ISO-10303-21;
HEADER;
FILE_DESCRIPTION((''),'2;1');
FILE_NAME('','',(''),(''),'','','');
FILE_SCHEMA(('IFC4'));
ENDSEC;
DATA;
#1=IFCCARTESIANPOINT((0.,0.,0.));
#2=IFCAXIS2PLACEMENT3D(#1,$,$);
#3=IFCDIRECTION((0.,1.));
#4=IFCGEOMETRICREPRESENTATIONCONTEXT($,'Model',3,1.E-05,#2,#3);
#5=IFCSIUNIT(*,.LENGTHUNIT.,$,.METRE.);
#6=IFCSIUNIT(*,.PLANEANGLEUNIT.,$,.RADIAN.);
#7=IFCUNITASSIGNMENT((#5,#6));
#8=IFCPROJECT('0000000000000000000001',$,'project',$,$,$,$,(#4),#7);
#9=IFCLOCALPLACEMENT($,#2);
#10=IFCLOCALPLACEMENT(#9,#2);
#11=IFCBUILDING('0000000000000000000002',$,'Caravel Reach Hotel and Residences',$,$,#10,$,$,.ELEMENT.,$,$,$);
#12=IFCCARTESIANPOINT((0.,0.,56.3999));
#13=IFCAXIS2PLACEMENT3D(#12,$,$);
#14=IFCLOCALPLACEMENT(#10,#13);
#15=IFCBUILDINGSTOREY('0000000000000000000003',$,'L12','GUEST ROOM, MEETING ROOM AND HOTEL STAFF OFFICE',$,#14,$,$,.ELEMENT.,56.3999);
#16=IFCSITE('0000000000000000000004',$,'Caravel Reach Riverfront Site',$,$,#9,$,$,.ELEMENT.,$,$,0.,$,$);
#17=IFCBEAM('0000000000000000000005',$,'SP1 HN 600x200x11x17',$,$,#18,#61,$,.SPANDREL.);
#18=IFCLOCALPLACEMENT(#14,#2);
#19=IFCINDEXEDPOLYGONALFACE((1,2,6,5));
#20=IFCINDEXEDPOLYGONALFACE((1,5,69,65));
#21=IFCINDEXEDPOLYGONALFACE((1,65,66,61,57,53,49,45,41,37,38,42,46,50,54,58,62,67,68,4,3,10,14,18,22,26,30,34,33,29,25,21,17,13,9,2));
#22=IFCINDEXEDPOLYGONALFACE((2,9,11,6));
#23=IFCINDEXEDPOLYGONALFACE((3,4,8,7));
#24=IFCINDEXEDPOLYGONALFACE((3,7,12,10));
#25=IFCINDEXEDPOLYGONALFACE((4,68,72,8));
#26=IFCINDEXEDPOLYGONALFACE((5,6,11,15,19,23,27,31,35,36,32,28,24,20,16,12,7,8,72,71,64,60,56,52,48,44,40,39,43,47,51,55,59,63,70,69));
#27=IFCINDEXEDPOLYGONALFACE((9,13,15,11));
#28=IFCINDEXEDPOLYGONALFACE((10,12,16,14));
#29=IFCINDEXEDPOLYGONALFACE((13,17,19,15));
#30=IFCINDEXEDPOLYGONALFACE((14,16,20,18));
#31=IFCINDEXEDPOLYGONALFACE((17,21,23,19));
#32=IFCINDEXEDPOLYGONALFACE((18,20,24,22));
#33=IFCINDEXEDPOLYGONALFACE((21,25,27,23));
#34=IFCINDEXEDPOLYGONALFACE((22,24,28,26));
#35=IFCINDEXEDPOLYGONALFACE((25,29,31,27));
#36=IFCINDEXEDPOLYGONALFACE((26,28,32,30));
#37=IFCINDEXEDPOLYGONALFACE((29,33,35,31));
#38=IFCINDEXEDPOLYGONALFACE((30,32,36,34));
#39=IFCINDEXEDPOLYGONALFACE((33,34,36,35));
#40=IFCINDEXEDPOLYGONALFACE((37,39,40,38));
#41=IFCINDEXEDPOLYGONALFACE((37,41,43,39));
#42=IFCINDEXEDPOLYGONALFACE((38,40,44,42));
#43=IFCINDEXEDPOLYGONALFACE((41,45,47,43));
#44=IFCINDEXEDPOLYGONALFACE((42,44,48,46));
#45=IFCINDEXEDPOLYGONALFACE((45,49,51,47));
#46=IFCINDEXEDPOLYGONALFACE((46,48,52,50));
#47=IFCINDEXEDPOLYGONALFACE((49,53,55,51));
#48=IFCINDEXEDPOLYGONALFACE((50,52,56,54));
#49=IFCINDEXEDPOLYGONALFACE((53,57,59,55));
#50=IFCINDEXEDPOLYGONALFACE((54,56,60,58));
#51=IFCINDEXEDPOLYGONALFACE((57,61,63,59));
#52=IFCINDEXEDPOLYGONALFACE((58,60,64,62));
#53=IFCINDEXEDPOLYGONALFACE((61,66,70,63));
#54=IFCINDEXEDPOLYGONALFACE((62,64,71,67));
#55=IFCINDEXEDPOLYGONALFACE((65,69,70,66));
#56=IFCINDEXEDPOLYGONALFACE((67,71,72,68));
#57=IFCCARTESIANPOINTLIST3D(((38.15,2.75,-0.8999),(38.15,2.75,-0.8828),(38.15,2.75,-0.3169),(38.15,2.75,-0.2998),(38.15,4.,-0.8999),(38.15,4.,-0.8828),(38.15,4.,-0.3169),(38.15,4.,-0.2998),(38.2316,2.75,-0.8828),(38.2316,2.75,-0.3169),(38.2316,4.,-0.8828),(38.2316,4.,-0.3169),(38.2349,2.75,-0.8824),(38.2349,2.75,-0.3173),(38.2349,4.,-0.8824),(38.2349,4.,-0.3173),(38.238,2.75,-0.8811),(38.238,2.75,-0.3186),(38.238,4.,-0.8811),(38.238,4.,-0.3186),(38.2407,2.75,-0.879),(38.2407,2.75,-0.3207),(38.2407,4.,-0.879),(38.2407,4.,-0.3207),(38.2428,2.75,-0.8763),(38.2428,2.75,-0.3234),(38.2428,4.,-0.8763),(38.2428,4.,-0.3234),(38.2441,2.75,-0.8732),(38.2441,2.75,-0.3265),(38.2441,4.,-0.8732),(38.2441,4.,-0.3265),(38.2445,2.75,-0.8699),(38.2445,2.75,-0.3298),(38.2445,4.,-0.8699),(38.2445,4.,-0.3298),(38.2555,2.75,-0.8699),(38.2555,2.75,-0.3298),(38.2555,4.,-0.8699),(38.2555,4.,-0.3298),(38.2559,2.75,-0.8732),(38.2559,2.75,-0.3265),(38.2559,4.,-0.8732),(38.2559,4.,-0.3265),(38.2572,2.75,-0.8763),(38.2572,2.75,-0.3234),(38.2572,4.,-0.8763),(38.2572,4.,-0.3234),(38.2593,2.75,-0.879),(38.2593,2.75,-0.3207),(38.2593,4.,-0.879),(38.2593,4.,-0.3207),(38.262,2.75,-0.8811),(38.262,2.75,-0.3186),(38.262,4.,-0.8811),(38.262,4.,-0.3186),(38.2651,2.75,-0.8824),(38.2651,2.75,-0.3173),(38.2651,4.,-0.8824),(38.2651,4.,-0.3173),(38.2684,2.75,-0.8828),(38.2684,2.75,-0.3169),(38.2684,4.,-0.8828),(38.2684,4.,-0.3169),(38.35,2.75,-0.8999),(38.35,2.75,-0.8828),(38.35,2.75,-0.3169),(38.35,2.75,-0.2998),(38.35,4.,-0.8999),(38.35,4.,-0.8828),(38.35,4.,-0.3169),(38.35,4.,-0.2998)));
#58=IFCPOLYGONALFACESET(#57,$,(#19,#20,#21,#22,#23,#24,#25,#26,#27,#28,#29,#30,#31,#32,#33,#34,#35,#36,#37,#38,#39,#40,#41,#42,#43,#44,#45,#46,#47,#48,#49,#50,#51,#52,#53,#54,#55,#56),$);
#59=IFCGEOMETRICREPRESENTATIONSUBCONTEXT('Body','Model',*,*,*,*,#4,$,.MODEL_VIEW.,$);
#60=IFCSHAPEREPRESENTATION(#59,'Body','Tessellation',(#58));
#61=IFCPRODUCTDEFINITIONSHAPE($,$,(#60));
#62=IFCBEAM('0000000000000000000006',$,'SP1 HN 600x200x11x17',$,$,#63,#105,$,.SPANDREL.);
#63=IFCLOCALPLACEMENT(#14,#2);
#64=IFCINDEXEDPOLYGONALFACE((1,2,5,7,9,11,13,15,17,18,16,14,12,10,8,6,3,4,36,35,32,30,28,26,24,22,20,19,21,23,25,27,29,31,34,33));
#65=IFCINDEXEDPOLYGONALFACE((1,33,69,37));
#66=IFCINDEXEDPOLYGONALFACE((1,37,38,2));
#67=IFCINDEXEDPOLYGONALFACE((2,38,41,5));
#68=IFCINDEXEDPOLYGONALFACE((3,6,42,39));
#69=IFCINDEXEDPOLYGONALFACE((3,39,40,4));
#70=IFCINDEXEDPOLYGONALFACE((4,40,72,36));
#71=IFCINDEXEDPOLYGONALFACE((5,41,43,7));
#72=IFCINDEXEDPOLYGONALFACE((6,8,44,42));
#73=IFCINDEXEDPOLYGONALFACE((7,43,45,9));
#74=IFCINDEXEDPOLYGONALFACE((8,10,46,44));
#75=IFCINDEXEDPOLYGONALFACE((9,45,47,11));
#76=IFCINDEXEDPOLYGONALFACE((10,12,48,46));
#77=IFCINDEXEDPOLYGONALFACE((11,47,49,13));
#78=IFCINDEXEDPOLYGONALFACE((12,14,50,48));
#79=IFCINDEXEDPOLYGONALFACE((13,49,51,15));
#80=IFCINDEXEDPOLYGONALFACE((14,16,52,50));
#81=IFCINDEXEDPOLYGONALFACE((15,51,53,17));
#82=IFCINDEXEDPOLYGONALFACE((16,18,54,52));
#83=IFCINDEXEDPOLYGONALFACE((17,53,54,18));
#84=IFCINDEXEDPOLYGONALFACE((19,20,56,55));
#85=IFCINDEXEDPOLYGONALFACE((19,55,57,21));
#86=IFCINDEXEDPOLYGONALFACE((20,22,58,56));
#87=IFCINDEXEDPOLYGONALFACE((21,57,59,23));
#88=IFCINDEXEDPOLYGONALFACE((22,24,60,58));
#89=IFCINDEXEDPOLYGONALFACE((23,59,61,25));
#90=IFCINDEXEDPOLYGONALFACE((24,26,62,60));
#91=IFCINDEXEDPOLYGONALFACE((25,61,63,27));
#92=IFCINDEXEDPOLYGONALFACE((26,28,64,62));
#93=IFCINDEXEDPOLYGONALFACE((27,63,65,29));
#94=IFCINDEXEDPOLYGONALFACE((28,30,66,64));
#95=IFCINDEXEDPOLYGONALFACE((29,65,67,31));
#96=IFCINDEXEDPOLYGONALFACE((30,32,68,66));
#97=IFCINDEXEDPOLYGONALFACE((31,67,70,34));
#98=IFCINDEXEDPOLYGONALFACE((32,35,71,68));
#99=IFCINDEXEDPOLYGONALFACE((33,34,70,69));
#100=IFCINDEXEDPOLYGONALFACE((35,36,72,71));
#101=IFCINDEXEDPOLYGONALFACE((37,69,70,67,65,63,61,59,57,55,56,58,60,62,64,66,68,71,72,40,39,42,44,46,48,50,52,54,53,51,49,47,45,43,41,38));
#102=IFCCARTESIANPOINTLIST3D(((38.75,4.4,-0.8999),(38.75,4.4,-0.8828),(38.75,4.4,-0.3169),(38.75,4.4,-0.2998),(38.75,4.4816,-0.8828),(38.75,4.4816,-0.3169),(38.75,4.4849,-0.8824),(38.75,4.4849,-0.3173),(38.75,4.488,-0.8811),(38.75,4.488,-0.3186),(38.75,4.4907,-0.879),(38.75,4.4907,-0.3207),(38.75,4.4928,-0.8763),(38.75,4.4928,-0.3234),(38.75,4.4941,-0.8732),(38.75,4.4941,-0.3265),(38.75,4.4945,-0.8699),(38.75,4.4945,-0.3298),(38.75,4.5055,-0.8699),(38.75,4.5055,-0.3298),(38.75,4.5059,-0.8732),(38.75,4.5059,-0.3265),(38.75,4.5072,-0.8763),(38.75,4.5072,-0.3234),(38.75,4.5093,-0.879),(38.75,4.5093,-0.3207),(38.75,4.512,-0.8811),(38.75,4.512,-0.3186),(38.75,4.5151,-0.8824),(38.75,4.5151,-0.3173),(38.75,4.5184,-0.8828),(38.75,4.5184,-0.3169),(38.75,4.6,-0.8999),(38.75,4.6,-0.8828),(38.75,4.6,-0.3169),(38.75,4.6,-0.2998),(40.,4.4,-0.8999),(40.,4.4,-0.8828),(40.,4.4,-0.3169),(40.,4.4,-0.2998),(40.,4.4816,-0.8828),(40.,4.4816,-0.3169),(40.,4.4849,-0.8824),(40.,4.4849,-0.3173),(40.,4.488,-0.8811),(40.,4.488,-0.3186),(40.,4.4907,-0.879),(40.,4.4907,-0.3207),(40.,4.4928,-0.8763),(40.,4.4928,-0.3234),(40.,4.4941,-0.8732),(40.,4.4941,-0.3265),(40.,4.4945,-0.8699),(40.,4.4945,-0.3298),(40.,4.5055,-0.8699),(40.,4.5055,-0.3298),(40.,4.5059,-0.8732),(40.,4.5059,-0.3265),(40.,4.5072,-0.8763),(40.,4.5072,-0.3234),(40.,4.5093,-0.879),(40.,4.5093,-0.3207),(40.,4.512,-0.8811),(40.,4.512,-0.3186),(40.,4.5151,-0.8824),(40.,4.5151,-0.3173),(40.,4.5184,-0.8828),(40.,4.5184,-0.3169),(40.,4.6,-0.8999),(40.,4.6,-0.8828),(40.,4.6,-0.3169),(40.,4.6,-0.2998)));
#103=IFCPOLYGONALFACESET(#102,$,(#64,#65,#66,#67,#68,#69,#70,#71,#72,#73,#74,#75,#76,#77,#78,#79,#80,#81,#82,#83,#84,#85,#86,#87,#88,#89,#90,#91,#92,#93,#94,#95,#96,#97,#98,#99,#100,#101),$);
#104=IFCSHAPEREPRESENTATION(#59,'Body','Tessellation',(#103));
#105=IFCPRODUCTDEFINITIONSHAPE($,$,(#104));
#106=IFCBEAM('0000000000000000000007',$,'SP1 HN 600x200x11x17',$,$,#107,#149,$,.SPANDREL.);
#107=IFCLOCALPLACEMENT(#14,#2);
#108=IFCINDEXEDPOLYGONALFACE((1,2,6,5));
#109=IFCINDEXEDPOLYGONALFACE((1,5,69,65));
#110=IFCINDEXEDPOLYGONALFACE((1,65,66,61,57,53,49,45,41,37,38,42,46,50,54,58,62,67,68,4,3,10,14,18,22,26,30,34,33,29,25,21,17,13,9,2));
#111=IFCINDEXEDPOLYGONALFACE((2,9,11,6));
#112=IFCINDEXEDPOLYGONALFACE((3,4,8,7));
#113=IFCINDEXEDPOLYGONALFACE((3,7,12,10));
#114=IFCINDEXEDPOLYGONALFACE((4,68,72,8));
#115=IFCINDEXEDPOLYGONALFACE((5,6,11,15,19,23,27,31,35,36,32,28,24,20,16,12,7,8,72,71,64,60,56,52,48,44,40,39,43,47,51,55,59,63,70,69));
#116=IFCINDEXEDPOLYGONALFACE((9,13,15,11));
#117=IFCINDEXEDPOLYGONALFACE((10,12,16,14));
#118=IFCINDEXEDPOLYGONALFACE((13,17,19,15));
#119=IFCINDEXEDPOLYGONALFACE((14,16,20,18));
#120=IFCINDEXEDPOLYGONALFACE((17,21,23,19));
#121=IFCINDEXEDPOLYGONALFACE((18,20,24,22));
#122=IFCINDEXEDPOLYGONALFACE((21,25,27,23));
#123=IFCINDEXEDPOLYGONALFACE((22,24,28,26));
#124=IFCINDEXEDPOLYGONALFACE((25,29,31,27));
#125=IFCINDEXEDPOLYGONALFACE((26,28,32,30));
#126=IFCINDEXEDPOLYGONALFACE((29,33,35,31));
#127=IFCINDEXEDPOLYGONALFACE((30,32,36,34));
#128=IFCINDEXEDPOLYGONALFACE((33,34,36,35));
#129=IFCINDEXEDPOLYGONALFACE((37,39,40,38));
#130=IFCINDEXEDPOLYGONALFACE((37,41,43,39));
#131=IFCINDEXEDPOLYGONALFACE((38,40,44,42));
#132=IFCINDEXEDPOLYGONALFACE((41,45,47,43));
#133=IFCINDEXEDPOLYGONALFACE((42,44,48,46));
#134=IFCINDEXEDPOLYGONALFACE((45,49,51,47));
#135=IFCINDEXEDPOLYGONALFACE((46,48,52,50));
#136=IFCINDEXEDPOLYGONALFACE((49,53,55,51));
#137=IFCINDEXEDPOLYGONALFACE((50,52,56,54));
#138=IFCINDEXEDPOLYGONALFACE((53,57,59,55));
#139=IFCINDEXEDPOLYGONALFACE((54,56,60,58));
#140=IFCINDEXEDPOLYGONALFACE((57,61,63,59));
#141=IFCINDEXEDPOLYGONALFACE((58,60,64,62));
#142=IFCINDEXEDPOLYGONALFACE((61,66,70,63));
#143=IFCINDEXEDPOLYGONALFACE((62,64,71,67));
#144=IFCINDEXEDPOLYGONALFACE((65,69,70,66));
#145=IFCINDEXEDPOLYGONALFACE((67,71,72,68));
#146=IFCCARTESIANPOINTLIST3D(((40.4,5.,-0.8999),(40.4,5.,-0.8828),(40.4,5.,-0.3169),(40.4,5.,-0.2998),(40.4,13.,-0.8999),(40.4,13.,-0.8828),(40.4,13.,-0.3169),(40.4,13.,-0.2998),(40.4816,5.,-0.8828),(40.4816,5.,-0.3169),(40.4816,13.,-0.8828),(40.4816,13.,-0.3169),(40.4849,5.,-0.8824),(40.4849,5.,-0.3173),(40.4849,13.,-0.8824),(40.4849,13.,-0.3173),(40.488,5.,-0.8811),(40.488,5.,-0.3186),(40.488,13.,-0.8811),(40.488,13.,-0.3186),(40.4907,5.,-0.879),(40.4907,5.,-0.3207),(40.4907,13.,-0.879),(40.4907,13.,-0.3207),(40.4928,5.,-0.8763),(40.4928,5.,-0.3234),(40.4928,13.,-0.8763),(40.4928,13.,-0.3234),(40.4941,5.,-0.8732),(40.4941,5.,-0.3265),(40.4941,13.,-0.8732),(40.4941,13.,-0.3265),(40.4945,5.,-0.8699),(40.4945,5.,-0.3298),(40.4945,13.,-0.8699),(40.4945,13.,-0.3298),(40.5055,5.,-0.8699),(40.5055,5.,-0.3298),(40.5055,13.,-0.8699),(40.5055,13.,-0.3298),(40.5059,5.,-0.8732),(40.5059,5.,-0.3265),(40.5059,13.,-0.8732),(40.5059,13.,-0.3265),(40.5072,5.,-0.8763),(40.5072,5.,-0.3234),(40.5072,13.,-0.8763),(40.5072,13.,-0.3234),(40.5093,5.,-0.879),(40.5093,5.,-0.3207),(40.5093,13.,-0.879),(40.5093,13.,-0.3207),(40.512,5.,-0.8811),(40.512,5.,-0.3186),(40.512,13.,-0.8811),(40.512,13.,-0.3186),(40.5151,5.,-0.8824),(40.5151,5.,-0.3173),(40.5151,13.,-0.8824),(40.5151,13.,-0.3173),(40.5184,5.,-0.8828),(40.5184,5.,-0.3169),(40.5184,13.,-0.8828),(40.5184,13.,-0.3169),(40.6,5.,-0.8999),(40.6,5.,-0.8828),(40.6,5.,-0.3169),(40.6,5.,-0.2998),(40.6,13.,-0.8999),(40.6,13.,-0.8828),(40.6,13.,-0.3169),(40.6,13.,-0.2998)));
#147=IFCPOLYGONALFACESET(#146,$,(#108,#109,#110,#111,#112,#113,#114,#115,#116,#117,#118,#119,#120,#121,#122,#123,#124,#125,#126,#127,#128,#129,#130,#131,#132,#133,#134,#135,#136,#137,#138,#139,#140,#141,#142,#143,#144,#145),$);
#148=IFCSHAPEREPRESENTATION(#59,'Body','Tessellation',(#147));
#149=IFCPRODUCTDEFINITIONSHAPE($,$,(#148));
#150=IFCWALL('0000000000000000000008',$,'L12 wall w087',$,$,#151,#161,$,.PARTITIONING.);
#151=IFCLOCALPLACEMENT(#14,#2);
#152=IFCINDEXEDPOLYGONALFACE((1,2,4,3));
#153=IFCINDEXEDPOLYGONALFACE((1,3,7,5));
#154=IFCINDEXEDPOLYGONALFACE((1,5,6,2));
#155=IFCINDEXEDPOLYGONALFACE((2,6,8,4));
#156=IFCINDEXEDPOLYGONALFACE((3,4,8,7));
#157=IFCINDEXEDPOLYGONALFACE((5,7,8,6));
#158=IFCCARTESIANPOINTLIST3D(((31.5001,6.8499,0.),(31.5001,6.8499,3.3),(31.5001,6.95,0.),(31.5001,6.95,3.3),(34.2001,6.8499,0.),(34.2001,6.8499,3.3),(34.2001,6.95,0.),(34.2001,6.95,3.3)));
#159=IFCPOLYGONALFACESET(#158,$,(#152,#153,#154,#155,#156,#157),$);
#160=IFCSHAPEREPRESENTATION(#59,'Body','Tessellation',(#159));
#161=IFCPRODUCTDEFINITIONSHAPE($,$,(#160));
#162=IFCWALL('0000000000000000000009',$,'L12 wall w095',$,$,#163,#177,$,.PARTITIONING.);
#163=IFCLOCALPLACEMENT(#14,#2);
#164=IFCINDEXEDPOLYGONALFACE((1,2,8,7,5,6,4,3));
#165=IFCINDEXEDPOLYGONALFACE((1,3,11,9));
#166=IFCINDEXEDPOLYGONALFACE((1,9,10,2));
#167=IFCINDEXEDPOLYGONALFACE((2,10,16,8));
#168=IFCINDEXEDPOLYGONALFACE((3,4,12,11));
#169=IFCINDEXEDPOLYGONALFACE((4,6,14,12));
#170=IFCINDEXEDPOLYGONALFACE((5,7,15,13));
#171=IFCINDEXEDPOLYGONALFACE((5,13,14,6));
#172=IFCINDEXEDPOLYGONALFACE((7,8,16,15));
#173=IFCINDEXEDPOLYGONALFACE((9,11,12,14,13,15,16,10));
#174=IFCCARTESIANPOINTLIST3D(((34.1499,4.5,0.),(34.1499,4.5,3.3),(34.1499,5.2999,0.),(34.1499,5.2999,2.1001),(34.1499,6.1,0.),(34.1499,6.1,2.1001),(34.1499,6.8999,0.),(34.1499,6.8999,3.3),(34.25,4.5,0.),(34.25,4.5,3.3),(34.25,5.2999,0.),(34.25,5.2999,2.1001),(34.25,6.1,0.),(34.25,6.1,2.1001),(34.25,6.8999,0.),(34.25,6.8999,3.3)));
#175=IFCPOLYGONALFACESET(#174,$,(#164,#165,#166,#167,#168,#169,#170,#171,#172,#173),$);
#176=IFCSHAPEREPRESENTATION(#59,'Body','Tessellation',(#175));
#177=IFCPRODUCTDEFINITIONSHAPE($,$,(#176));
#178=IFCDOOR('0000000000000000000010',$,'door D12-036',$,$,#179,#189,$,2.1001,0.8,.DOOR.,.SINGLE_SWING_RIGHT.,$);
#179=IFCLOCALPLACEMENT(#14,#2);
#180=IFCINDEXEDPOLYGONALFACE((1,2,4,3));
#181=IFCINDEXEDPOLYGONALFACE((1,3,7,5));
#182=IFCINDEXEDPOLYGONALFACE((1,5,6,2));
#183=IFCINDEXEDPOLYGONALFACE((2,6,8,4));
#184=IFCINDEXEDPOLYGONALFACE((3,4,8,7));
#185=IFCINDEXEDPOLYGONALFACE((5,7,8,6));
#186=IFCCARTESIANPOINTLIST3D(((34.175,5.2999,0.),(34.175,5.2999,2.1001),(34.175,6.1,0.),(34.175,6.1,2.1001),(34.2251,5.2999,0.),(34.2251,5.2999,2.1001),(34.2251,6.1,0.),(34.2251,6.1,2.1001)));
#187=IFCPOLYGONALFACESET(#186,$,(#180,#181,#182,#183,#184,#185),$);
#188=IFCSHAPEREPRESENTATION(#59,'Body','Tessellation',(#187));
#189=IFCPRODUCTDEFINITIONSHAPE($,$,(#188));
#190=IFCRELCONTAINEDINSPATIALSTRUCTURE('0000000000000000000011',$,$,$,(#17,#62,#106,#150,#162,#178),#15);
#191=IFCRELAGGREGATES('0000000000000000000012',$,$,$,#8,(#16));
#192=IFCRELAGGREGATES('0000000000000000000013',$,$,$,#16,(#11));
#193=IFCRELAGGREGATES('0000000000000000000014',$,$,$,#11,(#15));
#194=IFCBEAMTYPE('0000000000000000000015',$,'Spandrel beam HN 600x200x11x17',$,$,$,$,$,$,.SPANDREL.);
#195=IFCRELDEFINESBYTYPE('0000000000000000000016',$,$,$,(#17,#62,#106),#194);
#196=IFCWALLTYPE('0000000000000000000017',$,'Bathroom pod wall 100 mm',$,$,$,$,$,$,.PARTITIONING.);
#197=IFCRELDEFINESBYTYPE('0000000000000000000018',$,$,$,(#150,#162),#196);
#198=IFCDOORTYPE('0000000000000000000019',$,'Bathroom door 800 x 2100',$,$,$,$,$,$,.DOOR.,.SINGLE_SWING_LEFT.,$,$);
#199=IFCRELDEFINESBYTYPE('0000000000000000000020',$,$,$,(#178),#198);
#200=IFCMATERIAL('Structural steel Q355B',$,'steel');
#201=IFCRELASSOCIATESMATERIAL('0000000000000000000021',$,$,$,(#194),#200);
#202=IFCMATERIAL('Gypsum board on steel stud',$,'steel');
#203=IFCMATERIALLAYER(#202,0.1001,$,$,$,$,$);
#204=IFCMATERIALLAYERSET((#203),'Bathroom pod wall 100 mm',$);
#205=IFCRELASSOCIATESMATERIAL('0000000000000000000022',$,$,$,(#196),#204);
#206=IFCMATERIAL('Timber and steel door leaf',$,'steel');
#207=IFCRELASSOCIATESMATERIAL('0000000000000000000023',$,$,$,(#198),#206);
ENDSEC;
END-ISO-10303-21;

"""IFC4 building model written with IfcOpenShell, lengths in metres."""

from ifc_helpers import new_model, si_unit, direction, frame, frame_2d, origin, origin_2d, place, context, subcontext, project, spatial, rectangle, i_section, extrude, material, layer, layer_set, material_profile, profile_set, type_object, element, fill, save


model = new_model("IFC4")

# Units and contexts
model_context = context("Model", 3, precision=1e-05, world=origin(), true_north=direction((0.0, 1.0)))
body_context = subcontext(model_context, "Body", "Model", "MODEL_VIEW")
ifc_project = project(units=[si_unit("LENGTHUNIT", "METRE"), si_unit("PLANEANGLEUNIT", "RADIAN")], contexts=[model_context])

# Site, building, storey
site_placement = place(None, origin())
site = spatial("IfcSite", under=ifc_project, at=site_placement, Name="Caravel Reach Riverfront Site", CompositionType="ELEMENT", RefElevation=0.0)
building_placement = place(site_placement, origin())
building = spatial("IfcBuilding", under=site, at=building_placement, Name="Caravel Reach Hotel and Residences", CompositionType="ELEMENT")
storey_placement = place(building_placement, frame((0.0, 0.0, 56.3999)))
storey = spatial("IfcBuildingStorey", under=building, at=storey_placement, Name="L12", Description="GUEST ROOM, MEETING ROOM AND HOTEL STAFF OFFICE", CompositionType="ELEMENT", Elevation=56.3999)

# Beams
ifc_material_1 = material(Name="Structural steel Q355B", Category="steel")
ifc_material_profile_1 = material_profile(ifc_material_1, i_section(OverallWidth=0.2, OverallDepth=0.6001, WebThickness=0.011, FlangeThickness=0.0171, FilletRadius=0.0129, at=origin_2d()), Name="HN 600x200x11x17")
ifc_profile_set_1 = profile_set([ifc_material_profile_1], Name="Structural steel Q355B")
beam_type = type_object("IfcBeamType", Name="Spandrel beam HN 600x200x11x17", PredefinedType="SPANDREL", material=ifc_profile_set_1)
for number, where, z_axis, x_axis, name in (
    (1, (38.25, 2.75, -0.5999), (0.0, 1.0, 0.0), (-1.0, 0.0, 0.0), "SP1 HN 600x200x11x17"),
    (2, (38.75, 4.5, -0.5999), (1.0, 0.0, 0.0), (0.0, 1.0, 0.0), "SP1 HN 600x200x11x17"),
):
    element("IfcBeam", number, at=place(storey_placement, frame(where, z_axis=z_axis, x_axis=x_axis)), inside=storey, type_object=beam_type, Name=name, PredefinedType="SPANDREL", context=body_context, shape_type="SweptSolid", body=[
        extrude(i_section(OverallWidth=0.2, OverallDepth=0.6001, WebThickness=0.011, FlangeThickness=0.0171, FilletRadius=0.0129, at=origin_2d()), origin(), (0.0, 0.0, 1.0), 1.25),
    ])
beam_placement = place(storey_placement, frame((40.5, 5.0, -0.5999), z_axis=(0.0, 1.0, 0.0), x_axis=(-1.0, 0.0, 0.0)))
element("IfcBeam", 3, at=beam_placement, inside=storey, type_object=beam_type, Name="SP1 HN 600x200x11x17", PredefinedType="SPANDREL", context=body_context, shape_type="SweptSolid", body=[
    extrude(i_section(OverallWidth=0.2, OverallDepth=0.6001, WebThickness=0.011, FlangeThickness=0.0171, FilletRadius=0.0129, at=origin_2d()), origin(), (0.0, 0.0, 1.0), 8.0),
])

# Wall
ifc_material_2 = material(Name="Gypsum board on steel stud", Category="steel")
ifc_layer_1 = layer(ifc_material_2, 0.1001)
ifc_layer_set_1 = layer_set([ifc_layer_1], Name="Bathroom pod wall 100 mm")
wall_type_1 = type_object("IfcWallType", Name="Bathroom pod wall 100 mm", PredefinedType="PARTITIONING", material=ifc_layer_set_1)
wall_1_placement = place(storey_placement, frame((31.5, 6.8999, 0.0), z_axis=(0.0, 0.0, 1.0), x_axis=(1.0, 0.0, 0.0)))
element("IfcWall", 4, at=wall_1_placement, inside=storey, type_object=wall_type_1, Name="L12 wall w087", PredefinedType="PARTITIONING", context=body_context, shape_type="SweptSolid", body=[
    extrude(rectangle(XDim=2.7, YDim=0.1001, at=frame_2d((1.3501, 0.0))), origin(), (0.0, 0.0, 1.0), 3.3),
])

# Wall, opening, door
wall_2_placement = place(storey_placement, frame((34.2, 4.5, 0.0), z_axis=(0.0, 0.0, 1.0), x_axis=(0.0, 1.0, 0.0)))
wall_2 = element("IfcWall", 5, at=wall_2_placement, inside=storey, type_object=wall_type_1, Name="L12 wall w095", PredefinedType="PARTITIONING", context=body_context, shape_type="SweptSolid", body=[
    extrude(rectangle(XDim=2.3999, YDim=0.1001, at=frame_2d((1.2, 0.0))), origin(), (0.0, 0.0, 1.0), 3.3),
])
opening_1_placement = place(wall_2_placement, frame((0.8, 0.0, 0.0)))
opening_1 = element("IfcOpeningElement", 6, at=opening_1_placement, cuts=wall_2, PredefinedType="OPENING", context=body_context, shape_type="SweptSolid", body=[
    extrude(rectangle(XDim=0.8, YDim=2.1001, at=frame_2d((0.3999, 1.05))), frame((0.0, 0.0601, 0.0), z_axis=(0.0, -1.0, 0.0), x_axis=(1.0, 0.0, 0.0)), (0.0, 0.0, 1.0), 0.1201),
])
ifc_material_3 = material(Name="Timber and steel door leaf", Category="steel")
door_type_1 = type_object("IfcDoorType", Name="Bathroom door 800 x 2100", OperationType="SINGLE_SWING_LEFT", PredefinedType="DOOR", material=ifc_material_3)
door_1_placement = place(opening_1_placement, origin())
door_1 = element("IfcDoor", 7, at=door_1_placement, inside=storey, type_object=door_type_1, Name="door D12-036", OperationType="SINGLE_SWING_RIGHT", OverallHeight=2.1001, OverallWidth=0.8, PredefinedType="DOOR", context=body_context, shape_type="SweptSolid", body=[
    extrude(rectangle(XDim=0.8, YDim=2.1001, at=frame_2d((0.3999, 1.05))), frame((0.0, 0.0249, 0.0), z_axis=(0.0, -1.0, 0.0), x_axis=(1.0, 0.0, 0.0)), (0.0, 0.0, 1.0), 0.05),
])
fill(opening_1, door_1)

save(model, "model.ifc")
